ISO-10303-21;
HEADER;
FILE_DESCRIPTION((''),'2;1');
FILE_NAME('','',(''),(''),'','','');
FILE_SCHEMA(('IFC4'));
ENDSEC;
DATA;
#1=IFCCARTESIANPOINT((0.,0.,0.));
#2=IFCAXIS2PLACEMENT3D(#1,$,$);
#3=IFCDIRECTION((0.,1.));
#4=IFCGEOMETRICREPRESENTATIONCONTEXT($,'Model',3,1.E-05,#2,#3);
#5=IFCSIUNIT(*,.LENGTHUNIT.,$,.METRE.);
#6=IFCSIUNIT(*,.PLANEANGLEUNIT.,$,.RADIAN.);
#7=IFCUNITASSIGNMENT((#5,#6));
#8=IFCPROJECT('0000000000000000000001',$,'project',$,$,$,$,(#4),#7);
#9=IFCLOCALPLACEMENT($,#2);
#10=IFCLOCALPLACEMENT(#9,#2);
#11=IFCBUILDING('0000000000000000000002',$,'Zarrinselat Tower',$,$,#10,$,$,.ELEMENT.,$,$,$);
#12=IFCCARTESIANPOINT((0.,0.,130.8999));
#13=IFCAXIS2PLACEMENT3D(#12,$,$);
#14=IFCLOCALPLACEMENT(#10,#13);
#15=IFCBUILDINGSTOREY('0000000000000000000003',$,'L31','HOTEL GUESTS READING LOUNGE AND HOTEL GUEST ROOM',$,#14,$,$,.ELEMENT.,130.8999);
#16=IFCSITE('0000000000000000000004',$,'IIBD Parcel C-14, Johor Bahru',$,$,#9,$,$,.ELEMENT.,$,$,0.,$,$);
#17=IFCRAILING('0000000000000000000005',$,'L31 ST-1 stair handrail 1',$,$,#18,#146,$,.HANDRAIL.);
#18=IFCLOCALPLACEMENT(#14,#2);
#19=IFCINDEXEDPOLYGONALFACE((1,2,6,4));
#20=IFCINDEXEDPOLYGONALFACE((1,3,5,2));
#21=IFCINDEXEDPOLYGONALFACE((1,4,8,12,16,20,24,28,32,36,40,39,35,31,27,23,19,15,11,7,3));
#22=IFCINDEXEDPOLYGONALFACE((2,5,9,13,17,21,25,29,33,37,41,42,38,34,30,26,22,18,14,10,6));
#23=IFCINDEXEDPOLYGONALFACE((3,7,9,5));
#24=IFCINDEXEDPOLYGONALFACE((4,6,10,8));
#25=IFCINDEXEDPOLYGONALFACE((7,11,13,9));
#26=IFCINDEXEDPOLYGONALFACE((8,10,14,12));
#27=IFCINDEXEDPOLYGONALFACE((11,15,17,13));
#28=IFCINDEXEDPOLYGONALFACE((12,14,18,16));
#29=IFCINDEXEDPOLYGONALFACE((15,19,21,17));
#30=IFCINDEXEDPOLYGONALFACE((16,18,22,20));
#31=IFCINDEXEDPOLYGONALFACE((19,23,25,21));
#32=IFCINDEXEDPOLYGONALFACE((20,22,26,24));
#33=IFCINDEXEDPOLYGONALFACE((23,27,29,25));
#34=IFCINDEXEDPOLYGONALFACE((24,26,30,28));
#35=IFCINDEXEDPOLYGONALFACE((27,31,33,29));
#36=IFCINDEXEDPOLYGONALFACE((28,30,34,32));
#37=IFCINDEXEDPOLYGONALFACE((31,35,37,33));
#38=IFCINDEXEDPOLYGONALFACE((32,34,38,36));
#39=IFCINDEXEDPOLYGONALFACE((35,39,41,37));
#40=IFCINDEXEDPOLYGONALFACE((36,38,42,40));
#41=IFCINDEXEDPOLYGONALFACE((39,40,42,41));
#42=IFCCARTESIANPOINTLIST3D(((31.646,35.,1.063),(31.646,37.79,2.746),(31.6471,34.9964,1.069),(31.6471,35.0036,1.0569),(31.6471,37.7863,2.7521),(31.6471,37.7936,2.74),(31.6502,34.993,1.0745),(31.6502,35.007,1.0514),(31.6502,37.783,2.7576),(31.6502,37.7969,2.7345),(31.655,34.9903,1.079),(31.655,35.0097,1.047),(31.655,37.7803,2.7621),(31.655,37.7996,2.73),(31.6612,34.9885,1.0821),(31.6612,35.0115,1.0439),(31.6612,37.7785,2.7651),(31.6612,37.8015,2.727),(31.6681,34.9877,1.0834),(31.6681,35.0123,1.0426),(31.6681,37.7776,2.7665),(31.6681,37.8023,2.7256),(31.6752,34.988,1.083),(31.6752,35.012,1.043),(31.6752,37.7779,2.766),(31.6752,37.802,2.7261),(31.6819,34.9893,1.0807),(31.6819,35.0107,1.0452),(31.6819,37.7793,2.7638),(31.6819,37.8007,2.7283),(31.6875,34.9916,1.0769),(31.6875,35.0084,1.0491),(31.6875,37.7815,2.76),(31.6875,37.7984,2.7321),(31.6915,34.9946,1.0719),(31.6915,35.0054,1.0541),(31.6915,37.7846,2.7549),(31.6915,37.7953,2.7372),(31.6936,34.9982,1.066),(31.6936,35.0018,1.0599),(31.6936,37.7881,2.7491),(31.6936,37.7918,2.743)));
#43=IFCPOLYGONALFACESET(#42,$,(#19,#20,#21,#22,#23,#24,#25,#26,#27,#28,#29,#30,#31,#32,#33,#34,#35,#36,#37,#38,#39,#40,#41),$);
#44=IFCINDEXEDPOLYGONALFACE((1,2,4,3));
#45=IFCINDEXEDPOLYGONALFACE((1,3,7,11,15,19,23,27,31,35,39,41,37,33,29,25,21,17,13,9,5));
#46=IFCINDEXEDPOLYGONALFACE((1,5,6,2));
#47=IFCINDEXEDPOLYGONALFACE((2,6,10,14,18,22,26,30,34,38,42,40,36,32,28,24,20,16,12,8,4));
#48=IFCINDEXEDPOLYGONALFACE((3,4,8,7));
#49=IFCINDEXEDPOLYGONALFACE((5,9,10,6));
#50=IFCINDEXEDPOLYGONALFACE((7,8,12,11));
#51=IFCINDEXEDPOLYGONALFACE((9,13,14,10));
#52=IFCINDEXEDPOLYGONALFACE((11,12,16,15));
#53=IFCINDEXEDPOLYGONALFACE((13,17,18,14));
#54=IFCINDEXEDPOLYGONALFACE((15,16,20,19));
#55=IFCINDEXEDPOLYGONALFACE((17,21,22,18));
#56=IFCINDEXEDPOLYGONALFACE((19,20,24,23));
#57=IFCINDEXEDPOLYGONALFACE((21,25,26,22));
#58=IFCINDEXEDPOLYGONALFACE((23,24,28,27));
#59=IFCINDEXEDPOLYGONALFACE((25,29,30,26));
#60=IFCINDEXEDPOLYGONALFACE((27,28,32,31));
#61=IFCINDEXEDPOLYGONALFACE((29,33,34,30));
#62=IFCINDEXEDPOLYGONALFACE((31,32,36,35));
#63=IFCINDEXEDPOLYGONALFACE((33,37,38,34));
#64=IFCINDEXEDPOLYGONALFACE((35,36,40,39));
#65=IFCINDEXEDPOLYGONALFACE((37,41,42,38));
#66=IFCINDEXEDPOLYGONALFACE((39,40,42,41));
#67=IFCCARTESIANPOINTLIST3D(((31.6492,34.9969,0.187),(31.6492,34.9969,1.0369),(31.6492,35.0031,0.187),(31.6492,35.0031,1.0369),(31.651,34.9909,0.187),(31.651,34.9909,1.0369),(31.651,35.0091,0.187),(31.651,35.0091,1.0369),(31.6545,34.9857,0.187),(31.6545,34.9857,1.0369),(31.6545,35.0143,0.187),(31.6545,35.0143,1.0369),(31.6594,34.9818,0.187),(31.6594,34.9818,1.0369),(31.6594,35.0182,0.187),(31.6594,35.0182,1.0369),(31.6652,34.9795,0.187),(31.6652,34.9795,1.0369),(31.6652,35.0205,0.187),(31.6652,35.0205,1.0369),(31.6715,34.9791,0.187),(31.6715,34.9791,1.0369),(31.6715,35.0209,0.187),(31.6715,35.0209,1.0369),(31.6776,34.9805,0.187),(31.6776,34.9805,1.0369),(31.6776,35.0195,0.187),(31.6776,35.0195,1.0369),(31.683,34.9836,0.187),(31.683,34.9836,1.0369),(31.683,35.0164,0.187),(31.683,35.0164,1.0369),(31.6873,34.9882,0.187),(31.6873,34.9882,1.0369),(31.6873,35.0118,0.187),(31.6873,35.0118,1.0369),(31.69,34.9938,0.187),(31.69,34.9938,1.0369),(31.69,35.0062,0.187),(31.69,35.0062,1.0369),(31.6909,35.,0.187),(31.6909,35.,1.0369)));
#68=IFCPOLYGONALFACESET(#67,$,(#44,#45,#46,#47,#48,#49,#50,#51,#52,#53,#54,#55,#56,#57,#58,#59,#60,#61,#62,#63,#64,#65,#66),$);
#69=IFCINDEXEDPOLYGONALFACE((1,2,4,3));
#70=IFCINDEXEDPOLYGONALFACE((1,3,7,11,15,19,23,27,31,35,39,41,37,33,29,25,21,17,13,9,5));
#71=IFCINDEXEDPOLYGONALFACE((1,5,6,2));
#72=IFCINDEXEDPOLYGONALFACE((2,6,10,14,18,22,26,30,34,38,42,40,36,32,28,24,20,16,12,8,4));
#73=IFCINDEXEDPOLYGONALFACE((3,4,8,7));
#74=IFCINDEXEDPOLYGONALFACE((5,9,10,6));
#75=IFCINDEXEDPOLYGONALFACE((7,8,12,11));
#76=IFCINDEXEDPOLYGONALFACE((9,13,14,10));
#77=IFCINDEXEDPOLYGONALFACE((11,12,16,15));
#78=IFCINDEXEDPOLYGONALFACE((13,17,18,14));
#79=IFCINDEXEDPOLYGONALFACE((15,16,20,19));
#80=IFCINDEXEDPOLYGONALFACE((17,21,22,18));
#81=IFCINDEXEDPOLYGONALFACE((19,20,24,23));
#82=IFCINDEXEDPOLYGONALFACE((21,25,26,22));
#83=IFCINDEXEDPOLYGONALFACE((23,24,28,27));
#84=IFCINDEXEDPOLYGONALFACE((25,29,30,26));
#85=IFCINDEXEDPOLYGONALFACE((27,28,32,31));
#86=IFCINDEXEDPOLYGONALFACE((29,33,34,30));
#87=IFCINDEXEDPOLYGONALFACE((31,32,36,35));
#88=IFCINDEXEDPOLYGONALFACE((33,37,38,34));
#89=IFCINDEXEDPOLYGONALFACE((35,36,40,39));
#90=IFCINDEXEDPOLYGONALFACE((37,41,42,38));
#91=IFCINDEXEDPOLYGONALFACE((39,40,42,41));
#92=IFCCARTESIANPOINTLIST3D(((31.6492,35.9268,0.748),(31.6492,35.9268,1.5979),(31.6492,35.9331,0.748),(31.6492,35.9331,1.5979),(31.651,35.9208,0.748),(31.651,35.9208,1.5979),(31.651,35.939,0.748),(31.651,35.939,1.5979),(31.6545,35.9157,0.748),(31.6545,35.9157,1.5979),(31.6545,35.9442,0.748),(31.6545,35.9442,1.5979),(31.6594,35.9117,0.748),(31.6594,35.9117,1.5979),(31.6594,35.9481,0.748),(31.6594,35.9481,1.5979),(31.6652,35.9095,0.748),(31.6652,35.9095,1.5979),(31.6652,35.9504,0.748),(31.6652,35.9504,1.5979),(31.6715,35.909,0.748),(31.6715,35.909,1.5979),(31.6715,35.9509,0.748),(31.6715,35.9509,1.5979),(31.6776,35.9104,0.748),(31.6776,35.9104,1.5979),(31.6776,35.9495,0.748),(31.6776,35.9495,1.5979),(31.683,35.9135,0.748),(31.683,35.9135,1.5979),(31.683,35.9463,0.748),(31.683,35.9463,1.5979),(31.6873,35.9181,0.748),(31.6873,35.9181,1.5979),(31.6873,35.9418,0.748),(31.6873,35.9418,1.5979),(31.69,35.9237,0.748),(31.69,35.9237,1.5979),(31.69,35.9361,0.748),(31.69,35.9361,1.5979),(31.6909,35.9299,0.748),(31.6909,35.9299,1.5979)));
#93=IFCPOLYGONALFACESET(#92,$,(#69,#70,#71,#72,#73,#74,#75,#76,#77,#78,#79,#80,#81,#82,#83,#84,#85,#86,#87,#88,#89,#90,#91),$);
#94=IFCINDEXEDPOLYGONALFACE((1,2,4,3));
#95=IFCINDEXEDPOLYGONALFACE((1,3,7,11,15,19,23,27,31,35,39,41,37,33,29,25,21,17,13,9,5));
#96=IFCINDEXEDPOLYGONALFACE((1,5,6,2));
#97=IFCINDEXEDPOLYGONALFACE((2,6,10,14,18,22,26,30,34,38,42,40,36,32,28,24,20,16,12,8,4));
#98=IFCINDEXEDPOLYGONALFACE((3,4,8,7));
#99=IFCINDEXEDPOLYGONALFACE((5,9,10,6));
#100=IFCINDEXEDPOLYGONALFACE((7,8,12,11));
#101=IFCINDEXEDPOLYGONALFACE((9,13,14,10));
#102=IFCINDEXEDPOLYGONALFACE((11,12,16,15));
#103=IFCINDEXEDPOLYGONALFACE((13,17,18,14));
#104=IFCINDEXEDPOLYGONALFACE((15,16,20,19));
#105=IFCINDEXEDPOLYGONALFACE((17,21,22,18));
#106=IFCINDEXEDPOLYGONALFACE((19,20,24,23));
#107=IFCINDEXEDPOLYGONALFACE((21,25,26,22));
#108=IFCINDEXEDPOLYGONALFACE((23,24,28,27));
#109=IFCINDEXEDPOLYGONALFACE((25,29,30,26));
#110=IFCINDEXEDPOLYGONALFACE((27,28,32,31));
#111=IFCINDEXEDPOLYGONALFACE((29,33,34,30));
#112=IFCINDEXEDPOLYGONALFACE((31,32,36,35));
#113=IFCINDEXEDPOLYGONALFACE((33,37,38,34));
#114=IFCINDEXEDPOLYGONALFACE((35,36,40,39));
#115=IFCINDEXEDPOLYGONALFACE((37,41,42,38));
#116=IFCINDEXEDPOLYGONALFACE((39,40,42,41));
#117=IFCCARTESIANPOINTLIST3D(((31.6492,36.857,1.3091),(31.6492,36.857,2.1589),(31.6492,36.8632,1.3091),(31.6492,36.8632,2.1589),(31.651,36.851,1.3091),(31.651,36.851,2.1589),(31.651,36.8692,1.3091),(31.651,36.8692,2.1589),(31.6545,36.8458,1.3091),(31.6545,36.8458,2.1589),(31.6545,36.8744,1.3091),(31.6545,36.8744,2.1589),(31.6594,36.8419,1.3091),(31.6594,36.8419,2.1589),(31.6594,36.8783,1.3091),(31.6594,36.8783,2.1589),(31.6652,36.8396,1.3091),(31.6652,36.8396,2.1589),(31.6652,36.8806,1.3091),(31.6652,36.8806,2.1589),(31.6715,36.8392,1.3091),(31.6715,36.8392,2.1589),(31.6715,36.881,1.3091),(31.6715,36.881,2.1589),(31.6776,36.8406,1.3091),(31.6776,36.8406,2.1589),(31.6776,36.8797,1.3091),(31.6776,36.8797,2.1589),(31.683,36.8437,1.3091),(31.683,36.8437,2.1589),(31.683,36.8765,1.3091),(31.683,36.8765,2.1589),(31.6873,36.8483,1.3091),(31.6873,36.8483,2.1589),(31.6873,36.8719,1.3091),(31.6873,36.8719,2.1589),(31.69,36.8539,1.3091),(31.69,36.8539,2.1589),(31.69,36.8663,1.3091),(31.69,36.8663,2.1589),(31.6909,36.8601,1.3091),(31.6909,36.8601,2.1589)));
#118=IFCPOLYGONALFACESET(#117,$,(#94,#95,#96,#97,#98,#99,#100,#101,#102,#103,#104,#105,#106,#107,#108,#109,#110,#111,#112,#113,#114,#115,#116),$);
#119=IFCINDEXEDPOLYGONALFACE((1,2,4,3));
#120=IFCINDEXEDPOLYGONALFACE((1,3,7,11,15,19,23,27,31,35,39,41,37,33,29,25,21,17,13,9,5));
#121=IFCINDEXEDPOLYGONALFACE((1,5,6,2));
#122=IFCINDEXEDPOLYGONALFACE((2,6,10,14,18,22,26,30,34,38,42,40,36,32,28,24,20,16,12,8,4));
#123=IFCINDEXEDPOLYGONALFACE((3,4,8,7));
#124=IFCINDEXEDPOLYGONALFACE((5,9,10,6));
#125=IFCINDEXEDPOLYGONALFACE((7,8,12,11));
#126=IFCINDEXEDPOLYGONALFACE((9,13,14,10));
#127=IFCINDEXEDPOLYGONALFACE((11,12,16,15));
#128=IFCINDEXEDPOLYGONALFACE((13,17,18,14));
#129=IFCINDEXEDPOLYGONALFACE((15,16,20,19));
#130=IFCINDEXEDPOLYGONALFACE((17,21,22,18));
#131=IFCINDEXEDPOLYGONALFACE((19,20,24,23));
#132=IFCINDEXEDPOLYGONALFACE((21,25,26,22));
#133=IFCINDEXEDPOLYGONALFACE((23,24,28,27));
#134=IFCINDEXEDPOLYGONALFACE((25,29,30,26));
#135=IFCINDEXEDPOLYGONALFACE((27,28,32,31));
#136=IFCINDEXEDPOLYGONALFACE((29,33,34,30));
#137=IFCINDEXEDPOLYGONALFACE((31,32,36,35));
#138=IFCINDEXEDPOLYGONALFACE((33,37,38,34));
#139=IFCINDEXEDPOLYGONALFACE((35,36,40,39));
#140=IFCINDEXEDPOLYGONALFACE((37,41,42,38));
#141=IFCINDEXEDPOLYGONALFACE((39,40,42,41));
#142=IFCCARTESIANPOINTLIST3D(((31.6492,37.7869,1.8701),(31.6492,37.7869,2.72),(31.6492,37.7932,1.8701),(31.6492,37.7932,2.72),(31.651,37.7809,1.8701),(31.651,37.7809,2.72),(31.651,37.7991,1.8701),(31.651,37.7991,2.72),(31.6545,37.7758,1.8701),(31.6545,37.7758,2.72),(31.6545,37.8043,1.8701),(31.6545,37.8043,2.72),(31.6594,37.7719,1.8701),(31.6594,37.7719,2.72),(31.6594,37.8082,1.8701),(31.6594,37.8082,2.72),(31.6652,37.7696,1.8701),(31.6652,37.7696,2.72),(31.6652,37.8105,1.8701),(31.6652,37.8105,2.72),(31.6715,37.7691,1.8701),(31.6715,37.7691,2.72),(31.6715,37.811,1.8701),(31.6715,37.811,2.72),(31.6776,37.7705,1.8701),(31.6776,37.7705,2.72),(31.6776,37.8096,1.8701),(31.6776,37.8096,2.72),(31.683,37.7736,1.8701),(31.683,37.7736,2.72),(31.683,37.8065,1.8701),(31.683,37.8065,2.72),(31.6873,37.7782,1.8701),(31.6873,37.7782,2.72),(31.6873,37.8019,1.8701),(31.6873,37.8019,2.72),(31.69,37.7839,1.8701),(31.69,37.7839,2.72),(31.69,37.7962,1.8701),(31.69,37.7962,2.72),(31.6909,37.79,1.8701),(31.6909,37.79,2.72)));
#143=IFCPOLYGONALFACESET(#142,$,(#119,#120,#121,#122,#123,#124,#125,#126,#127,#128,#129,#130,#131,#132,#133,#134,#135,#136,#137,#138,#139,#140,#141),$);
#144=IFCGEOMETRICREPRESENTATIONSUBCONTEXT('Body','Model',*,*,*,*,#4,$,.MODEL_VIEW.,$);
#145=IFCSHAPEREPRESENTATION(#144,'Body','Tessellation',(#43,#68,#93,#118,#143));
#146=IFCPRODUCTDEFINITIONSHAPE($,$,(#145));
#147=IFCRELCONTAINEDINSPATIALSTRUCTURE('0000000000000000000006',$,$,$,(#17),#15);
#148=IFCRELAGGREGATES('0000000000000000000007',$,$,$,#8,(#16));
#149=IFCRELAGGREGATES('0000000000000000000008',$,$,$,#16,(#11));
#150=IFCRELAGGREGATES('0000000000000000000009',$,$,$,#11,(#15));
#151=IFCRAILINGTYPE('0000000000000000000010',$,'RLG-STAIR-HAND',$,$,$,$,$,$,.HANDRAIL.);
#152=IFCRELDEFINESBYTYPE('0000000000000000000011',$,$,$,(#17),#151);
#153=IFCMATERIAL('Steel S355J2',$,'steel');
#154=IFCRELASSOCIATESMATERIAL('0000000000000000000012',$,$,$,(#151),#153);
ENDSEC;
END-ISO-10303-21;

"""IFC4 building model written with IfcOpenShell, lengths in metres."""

from ifc_helpers import new_model, si_unit, direction, frame, origin, origin_2d, place, context, subcontext, project, spatial, circle, extrude, material, type_object, element, save


model = new_model("IFC4")

# Units and contexts
model_context = context("Model", 3, precision=1e-05, world=origin(), true_north=direction((0.0, 1.0)))
body_context = subcontext(model_context, "Body", "Model", "MODEL_VIEW")
ifc_project = project(units=[si_unit("LENGTHUNIT", "METRE"), si_unit("PLANEANGLEUNIT", "RADIAN")], contexts=[model_context])

# Site, building, storey
site_placement = place(None, origin())
site = spatial("IfcSite", under=ifc_project, at=site_placement, Name="IIBD Parcel C-14, Johor Bahru", CompositionType="ELEMENT", RefElevation=0.0)
building_placement = place(site_placement, origin())
building = spatial("IfcBuilding", under=site, at=building_placement, Name="Zarrinselat Tower", CompositionType="ELEMENT")
storey_placement = place(building_placement, frame((0.0, 0.0, 130.8999)))
storey = spatial("IfcBuildingStorey", under=building, at=storey_placement, Name="L31", Description="HOTEL GUESTS READING LOUNGE AND HOTEL GUEST ROOM", CompositionType="ELEMENT", Elevation=130.8999)

# Railing
ifc_material_1 = material(Name="Steel S355J2", Category="steel")
railing_type_1 = type_object("IfcRailingType", Name="RLG-STAIR-HAND", PredefinedType="HANDRAIL", material=ifc_material_1)
railing_1_placement = place(storey_placement, frame((31.6699, 35.0, 0.187)))
element("IfcRailing", 1, at=railing_1_placement, inside=storey, type_object=railing_type_1, Name="L31 ST-1 stair handrail 1", PredefinedType="HANDRAIL", context=body_context, shape_type="SweptSolid", body=[
    extrude(circle(Radius=0.0239, at=origin_2d()), frame((0.0, 0.0, 0.876), z_axis=(0.0, 0.856261, 0.516544), x_axis=(-1.0, 0.0, 0.0)), (0.0, 0.0, 1.0), 3.2583),
    extrude(circle(Radius=0.021, at=origin_2d()), origin(), (0.0, 0.0, 1.0), 0.8499),
    extrude(circle(Radius=0.021, at=origin_2d()), frame((0.0, 0.9299, 0.561)), (0.0, 0.0, 1.0), 0.8499),
    extrude(circle(Radius=0.021, at=origin_2d()), frame((0.0, 1.8601, 1.1221)), (0.0, 0.0, 1.0), 0.8499),
    extrude(circle(Radius=0.021, at=origin_2d()), frame((0.0, 2.79, 1.6831)), (0.0, 0.0, 1.0), 0.8499),
])

save(model, "model.ifc")
